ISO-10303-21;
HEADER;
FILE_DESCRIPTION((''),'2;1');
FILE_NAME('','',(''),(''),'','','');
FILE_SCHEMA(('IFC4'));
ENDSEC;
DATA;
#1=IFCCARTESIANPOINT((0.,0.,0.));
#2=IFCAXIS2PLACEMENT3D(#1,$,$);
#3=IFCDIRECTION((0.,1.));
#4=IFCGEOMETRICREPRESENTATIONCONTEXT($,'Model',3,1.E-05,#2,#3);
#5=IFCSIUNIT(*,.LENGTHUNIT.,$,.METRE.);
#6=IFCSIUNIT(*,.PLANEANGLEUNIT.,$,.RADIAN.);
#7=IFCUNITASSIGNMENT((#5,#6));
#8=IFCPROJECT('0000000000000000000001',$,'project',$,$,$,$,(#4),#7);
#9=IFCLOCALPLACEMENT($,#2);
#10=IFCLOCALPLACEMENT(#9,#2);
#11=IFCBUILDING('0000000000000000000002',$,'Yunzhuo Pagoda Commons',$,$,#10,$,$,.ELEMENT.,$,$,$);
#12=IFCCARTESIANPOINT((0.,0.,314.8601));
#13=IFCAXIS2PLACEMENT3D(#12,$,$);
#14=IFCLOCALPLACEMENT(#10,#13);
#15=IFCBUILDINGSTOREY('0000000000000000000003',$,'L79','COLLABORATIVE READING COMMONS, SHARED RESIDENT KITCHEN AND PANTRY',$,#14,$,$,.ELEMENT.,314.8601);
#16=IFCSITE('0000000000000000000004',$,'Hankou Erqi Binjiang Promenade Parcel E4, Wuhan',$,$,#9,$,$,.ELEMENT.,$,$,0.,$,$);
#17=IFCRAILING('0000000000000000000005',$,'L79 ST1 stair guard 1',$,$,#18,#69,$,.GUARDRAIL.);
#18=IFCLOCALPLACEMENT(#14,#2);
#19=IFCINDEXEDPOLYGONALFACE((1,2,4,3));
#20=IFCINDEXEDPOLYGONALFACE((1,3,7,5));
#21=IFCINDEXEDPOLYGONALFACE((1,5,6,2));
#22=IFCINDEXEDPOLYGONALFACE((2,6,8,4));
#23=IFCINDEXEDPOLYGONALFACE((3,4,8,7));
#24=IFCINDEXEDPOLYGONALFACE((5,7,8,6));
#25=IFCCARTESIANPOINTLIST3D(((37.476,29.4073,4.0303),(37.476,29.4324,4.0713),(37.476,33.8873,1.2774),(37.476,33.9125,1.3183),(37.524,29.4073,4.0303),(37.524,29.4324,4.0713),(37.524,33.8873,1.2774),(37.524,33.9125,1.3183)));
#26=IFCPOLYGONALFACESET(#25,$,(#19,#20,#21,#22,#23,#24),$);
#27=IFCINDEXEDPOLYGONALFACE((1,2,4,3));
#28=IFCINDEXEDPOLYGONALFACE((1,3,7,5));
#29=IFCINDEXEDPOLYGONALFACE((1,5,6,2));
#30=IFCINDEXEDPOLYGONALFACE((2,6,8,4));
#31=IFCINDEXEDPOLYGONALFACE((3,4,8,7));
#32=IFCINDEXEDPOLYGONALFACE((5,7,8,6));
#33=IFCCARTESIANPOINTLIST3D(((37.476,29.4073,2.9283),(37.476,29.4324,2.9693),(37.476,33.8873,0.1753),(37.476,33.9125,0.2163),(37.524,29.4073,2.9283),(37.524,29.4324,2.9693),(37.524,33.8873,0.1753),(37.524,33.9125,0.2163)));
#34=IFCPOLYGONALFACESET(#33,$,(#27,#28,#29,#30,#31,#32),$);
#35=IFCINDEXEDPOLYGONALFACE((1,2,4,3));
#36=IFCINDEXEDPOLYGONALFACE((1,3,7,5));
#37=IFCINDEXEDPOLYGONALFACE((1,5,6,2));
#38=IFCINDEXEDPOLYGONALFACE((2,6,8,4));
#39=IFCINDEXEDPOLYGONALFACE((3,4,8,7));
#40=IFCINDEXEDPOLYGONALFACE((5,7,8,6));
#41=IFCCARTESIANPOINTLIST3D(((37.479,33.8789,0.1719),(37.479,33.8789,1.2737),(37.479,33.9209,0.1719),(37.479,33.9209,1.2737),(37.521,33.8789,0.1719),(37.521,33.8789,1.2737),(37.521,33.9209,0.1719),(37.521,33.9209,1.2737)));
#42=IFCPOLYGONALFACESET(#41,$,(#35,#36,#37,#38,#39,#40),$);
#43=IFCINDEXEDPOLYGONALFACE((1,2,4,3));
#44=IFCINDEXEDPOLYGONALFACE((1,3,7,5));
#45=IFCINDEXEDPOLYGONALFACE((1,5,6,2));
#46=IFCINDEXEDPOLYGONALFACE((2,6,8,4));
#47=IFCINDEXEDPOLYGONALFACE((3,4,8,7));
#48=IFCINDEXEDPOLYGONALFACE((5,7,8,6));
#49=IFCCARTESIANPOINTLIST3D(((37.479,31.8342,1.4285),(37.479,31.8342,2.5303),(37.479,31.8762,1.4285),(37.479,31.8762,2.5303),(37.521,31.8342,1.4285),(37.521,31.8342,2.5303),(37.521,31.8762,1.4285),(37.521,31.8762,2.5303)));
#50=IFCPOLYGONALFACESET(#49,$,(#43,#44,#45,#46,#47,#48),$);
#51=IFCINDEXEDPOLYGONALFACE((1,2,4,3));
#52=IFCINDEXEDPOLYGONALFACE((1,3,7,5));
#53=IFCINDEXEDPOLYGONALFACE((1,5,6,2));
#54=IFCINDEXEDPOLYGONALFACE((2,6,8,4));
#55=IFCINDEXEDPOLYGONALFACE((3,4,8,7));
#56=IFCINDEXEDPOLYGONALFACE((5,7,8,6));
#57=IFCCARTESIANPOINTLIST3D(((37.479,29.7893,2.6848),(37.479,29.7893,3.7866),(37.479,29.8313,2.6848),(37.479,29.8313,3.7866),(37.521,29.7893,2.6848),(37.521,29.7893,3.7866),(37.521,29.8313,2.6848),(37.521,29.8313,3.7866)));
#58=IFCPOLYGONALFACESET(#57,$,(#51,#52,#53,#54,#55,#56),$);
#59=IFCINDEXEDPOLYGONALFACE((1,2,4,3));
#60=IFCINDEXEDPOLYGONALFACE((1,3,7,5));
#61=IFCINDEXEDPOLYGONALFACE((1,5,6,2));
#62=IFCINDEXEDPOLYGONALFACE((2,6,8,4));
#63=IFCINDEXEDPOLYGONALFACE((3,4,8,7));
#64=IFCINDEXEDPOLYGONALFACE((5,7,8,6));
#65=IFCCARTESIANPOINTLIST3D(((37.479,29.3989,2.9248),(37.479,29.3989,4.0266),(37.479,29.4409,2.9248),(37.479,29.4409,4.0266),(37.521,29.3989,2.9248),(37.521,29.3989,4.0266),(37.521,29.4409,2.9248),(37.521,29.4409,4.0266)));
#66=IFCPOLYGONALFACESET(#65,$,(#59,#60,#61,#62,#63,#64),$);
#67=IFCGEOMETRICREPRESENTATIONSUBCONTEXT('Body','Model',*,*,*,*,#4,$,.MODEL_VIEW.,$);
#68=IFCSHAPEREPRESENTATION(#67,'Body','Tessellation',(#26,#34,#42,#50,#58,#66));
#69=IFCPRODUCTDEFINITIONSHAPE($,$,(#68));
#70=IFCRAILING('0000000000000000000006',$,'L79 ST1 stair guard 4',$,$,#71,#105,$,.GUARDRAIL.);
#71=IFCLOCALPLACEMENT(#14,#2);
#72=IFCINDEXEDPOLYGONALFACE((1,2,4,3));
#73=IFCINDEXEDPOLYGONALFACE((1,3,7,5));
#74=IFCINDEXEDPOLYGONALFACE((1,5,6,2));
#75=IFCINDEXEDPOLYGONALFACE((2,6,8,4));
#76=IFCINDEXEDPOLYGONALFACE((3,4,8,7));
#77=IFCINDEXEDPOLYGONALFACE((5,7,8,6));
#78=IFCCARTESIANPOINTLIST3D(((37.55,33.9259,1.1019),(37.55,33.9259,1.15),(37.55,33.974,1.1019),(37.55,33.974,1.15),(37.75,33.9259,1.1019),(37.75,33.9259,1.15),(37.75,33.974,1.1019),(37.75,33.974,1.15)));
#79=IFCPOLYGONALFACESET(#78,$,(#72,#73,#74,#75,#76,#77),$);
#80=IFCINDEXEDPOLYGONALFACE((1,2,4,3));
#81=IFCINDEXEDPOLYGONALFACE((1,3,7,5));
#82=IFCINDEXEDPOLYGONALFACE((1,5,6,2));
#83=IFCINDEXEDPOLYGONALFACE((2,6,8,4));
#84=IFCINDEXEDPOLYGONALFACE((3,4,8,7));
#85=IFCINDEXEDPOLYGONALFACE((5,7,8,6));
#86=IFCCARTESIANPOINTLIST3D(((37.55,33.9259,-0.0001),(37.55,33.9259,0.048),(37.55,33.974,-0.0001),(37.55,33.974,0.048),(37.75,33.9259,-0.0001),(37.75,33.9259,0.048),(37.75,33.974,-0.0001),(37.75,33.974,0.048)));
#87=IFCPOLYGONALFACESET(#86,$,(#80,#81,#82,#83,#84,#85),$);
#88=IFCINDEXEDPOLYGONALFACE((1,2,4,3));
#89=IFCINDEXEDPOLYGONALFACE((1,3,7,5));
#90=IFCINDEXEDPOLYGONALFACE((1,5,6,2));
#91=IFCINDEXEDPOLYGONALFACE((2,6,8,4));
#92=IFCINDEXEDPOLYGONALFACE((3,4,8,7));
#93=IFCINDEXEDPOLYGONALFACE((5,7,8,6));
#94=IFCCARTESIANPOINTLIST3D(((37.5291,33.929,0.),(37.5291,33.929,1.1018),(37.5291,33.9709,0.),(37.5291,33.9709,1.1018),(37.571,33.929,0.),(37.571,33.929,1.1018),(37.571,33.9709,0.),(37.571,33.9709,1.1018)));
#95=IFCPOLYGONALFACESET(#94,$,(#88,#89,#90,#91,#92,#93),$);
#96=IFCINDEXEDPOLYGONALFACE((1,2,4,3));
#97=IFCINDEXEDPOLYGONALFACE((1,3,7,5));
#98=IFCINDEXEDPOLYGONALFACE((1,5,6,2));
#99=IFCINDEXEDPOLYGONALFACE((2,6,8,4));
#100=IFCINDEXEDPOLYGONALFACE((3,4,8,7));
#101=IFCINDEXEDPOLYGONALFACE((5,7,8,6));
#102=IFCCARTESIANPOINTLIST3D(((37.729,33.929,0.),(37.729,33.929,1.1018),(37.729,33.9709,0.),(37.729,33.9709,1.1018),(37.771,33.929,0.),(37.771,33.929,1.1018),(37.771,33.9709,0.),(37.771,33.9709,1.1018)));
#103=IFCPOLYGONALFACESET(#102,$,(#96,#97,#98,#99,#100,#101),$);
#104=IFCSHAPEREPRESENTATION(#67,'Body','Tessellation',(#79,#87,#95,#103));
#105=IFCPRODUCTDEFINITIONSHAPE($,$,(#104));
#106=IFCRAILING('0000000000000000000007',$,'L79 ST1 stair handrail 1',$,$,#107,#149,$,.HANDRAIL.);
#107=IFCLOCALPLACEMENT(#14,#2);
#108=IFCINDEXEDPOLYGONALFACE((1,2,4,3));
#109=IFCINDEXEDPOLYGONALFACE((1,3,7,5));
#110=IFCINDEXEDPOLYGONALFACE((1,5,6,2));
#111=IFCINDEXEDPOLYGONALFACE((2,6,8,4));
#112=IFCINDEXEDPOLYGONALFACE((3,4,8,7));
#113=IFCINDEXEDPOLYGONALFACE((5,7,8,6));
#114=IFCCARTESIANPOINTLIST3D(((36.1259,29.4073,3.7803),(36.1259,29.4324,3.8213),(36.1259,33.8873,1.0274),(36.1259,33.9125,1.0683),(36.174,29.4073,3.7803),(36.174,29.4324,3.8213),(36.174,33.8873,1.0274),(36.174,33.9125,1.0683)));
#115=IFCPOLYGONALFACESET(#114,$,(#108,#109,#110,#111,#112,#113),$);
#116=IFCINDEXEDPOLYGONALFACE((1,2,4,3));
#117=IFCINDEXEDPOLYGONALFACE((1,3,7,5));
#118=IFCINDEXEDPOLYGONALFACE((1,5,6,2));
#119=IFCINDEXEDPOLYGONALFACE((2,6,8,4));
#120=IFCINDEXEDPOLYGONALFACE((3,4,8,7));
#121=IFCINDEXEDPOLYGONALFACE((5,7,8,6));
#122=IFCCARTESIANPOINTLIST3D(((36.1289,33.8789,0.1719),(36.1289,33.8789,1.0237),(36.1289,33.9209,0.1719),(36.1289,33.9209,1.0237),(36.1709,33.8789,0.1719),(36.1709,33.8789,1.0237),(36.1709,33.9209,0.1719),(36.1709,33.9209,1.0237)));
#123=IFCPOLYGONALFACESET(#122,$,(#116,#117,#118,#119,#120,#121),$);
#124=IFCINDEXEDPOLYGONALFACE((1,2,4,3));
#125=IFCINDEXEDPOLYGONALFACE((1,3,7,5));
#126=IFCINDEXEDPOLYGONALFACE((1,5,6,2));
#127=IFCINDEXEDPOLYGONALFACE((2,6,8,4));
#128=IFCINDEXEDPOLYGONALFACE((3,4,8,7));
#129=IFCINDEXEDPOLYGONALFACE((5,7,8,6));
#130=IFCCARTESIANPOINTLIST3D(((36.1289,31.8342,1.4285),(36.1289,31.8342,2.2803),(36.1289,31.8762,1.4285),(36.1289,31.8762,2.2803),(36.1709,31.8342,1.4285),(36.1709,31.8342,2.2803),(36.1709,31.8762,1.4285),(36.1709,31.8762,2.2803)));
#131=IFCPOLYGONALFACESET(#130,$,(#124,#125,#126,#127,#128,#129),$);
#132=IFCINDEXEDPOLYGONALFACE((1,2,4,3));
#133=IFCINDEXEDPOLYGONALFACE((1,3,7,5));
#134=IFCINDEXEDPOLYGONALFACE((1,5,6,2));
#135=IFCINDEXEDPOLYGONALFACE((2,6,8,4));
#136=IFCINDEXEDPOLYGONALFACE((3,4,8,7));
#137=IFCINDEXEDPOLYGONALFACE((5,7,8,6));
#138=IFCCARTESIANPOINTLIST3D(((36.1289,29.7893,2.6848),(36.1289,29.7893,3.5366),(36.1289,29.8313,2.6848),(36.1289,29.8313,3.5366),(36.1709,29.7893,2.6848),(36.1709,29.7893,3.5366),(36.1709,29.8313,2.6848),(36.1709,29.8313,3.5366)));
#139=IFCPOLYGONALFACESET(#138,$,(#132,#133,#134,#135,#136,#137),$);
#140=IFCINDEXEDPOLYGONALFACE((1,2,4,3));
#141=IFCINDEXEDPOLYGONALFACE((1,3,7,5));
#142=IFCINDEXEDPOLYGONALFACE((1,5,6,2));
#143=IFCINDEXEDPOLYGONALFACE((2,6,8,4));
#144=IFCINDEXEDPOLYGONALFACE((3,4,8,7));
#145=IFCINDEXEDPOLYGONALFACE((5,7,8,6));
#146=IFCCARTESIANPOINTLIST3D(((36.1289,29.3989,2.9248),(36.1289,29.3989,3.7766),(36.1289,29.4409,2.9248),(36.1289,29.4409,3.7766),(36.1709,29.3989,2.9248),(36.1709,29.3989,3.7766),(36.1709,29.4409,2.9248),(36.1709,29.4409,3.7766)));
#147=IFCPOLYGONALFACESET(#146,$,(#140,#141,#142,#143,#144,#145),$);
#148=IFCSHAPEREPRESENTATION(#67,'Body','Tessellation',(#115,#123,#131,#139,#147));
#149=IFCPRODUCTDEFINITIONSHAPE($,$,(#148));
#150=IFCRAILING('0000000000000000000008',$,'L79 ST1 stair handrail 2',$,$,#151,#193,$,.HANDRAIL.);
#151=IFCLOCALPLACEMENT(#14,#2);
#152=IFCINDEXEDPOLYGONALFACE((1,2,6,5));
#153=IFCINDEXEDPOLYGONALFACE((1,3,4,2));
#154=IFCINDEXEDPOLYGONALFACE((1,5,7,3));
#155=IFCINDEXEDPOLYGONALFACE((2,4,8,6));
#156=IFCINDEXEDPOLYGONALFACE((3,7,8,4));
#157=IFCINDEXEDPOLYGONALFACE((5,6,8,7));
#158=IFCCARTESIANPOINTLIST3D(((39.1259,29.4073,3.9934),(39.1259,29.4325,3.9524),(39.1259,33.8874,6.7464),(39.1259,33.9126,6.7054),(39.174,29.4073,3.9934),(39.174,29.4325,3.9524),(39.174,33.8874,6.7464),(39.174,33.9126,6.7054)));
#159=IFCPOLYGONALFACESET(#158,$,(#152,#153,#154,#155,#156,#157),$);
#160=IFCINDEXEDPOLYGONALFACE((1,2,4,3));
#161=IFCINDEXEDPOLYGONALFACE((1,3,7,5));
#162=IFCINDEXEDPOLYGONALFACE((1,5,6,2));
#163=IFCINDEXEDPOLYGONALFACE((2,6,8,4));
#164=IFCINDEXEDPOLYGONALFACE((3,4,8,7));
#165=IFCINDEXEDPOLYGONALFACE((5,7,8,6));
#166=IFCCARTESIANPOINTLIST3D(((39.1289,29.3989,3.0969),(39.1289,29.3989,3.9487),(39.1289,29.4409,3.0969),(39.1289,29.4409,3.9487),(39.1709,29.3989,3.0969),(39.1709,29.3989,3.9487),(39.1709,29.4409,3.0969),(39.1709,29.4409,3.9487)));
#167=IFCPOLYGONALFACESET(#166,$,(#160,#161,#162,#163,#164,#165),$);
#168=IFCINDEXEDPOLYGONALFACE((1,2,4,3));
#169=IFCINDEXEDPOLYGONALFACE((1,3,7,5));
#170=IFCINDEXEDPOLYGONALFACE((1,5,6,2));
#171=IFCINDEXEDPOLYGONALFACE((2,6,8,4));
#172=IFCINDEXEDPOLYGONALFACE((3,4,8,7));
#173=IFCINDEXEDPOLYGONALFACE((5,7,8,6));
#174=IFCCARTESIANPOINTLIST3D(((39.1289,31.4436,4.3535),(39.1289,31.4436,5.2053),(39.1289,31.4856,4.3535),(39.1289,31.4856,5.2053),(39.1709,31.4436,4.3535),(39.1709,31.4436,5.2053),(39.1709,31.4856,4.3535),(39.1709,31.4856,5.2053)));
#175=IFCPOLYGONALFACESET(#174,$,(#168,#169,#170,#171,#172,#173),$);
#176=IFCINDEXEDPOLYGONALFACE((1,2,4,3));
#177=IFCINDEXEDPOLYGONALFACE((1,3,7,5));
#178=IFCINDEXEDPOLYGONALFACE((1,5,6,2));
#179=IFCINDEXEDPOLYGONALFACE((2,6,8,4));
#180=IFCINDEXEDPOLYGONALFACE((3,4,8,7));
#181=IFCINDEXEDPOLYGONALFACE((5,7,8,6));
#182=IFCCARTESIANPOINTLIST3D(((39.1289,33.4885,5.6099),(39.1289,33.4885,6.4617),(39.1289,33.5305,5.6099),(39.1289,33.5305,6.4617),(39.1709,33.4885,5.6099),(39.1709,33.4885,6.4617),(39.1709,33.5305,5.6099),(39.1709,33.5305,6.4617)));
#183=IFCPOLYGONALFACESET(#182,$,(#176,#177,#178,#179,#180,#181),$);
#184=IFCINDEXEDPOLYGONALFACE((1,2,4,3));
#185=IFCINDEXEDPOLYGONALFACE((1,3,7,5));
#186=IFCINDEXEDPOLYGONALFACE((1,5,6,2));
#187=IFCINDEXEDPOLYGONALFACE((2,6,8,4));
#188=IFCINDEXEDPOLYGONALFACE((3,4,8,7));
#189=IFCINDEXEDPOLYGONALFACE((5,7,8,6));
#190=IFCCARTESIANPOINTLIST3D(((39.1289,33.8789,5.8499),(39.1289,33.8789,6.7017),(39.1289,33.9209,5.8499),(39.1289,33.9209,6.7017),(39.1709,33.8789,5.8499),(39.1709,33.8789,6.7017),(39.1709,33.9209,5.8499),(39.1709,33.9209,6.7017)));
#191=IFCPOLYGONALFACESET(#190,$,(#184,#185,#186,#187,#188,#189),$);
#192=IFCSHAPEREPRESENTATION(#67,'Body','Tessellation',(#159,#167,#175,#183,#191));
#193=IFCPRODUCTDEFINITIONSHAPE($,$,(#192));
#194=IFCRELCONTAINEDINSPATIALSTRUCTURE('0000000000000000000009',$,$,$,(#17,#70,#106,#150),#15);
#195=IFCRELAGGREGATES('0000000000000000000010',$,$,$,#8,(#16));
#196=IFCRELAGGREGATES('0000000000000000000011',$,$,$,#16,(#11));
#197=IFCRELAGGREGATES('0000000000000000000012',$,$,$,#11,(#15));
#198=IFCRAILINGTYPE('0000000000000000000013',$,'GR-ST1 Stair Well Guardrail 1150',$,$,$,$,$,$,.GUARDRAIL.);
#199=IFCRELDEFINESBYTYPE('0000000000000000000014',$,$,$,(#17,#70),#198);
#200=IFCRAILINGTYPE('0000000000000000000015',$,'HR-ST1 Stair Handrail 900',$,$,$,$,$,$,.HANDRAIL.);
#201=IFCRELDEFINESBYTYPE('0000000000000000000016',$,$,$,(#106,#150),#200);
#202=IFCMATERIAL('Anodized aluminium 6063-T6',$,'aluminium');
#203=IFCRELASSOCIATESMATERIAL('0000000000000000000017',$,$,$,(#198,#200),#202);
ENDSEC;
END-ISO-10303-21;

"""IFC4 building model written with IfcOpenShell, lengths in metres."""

from ifc_helpers import new_model, si_unit, direction, frame, origin, origin_2d, place, context, subcontext, project, spatial, rectangle, extrude, material, type_object, element, save


model = new_model("IFC4")

# Units and contexts
model_context = context("Model", 3, precision=1e-05, world=origin(), true_north=direction((0.0, 1.0)))
body_context = subcontext(model_context, "Body", "Model", "MODEL_VIEW")
ifc_project = project(units=[si_unit("LENGTHUNIT", "METRE"), si_unit("PLANEANGLEUNIT", "RADIAN")], contexts=[model_context])

# Site, building, storey
site_placement = place(None, origin())
site = spatial("IfcSite", under=ifc_project, at=site_placement, Name="Hankou Erqi Binjiang Promenade Parcel E4, Wuhan", CompositionType="ELEMENT", RefElevation=0.0)
building_placement = place(site_placement, origin())
building = spatial("IfcBuilding", under=site, at=building_placement, Name="Yunzhuo Pagoda Commons", CompositionType="ELEMENT")
storey_placement = place(building_placement, frame((0.0, 0.0, 314.8601)))
storey = spatial("IfcBuildingStorey", under=building, at=storey_placement, Name="L79", Description="COLLABORATIVE READING COMMONS, SHARED RESIDENT KITCHEN AND PANTRY", CompositionType="ELEMENT", Elevation=314.8601)

# Railings
ifc_material_1 = material(Name="Anodized aluminium 6063-T6", Category="aluminium")
railing_type_1 = type_object("IfcRailingType", Name="GR-ST1 Stair Well Guardrail 1150", PredefinedType="GUARDRAIL", material=ifc_material_1)
railing_1_placement = place(storey_placement, frame((37.5, 33.8999, 0.1719)))
element("IfcRailing", 1, at=railing_1_placement, inside=storey, type_object=railing_type_1, Name="L79 ST1 stair guard 1", PredefinedType="GUARDRAIL", context=body_context, shape_type="SweptSolid", body=[
    extrude(rectangle(XDim=0.0481, YDim=0.0481, at=origin_2d()), frame((0.0, 0.0, 1.126), z_axis=(0.0, -0.851996, 0.523548), x_axis=(1.0, 0.0, 0.0)), (0.0, 0.0, 1.0), 5.2583),
    extrude(rectangle(XDim=0.0481, YDim=0.0481, at=origin_2d()), frame((0.0, 0.0, 0.0239), z_axis=(0.0, -0.851996, 0.523548), x_axis=(1.0, 0.0, 0.0)), (0.0, 0.0, 1.0), 5.2583),
    extrude(rectangle(XDim=0.042, YDim=0.042, at=origin_2d()), origin(), (0.0, 0.0, 1.0), 1.1018),
    extrude(rectangle(XDim=0.042, YDim=0.042, at=origin_2d()), frame((0.0, -2.0447, 1.2566)), (0.0, 0.0, 1.0), 1.1018),
    extrude(rectangle(XDim=0.042, YDim=0.042, at=origin_2d()), frame((0.0, -4.0896, 2.5129)), (0.0, 0.0, 1.0), 1.1018),
    extrude(rectangle(XDim=0.042, YDim=0.042, at=origin_2d()), frame((0.0, -4.48, 2.7529)), (0.0, 0.0, 1.0), 1.1018),
])
railing_2_placement = place(storey_placement, frame((37.55, 33.95, 0.0)))
element("IfcRailing", 2, at=railing_2_placement, inside=storey, type_object=railing_type_1, Name="L79 ST1 stair guard 4", PredefinedType="GUARDRAIL", context=body_context, shape_type="SweptSolid", body=[
    extrude(rectangle(XDim=0.0481, YDim=0.0481, at=origin_2d()), frame((0.0, 0.0, 1.126), z_axis=(1.0, 0.0, 0.0), x_axis=(0.0, 1.0, 0.0)), (0.0, 0.0, 1.0), 0.2),
    extrude(rectangle(XDim=0.0481, YDim=0.0481, at=origin_2d()), frame((0.0, 0.0, 0.0239), z_axis=(1.0, 0.0, 0.0), x_axis=(0.0, 1.0, 0.0)), (0.0, 0.0, 1.0), 0.2),
    extrude(rectangle(XDim=0.042, YDim=0.042, at=origin_2d()), origin(), (0.0, 0.0, 1.0), 1.1018),
    extrude(rectangle(XDim=0.042, YDim=0.042, at=origin_2d()), frame((0.2, 0.0, 0.0)), (0.0, 0.0, 1.0), 1.1018),
])
railing_type_2 = type_object("IfcRailingType", Name="HR-ST1 Stair Handrail 900", PredefinedType="HANDRAIL", material=ifc_material_1)
railing_3_placement = place(storey_placement, frame((36.1499, 33.8999, 0.1719)))
element("IfcRailing", 3, at=railing_3_placement, inside=storey, type_object=railing_type_2, Name="L79 ST1 stair handrail 1", PredefinedType="HANDRAIL", context=body_context, shape_type="SweptSolid", body=[
    extrude(rectangle(XDim=0.0481, YDim=0.0481, at=origin_2d()), frame((0.0, 0.0, 0.876), z_axis=(0.0, -0.851996, 0.523548), x_axis=(1.0, 0.0, 0.0)), (0.0, 0.0, 1.0), 5.2583),
    extrude(rectangle(XDim=0.042, YDim=0.042, at=origin_2d()), origin(), (0.0, 0.0, 1.0), 0.8518),
    extrude(rectangle(XDim=0.042, YDim=0.042, at=origin_2d()), frame((0.0, -2.0447, 1.2566)), (0.0, 0.0, 1.0), 0.8518),
    extrude(rectangle(XDim=0.042, YDim=0.042, at=origin_2d()), frame((0.0, -4.0896, 2.5129)), (0.0, 0.0, 1.0), 0.8518),
    extrude(rectangle(XDim=0.042, YDim=0.042, at=origin_2d()), frame((0.0, -4.48, 2.7529)), (0.0, 0.0, 1.0), 0.8518),
])
railing_4_placement = place(storey_placement, frame((39.1499, 29.4199, 3.0969)))
element("IfcRailing", 4, at=railing_4_placement, inside=storey, type_object=railing_type_2, Name="L79 ST1 stair handrail 2", PredefinedType="HANDRAIL", context=body_context, shape_type="SweptSolid", body=[
    extrude(rectangle(XDim=0.0481, YDim=0.0481, at=origin_2d()), frame((0.0, 0.0, 0.876), z_axis=(0.0, 0.851996, 0.523548), x_axis=(-1.0, 0.0, 0.0)), (0.0, 0.0, 1.0), 5.2583),
    extrude(rectangle(XDim=0.042, YDim=0.042, at=origin_2d()), origin(), (0.0, 0.0, 1.0), 0.8518),
    extrude(rectangle(XDim=0.042, YDim=0.042, at=origin_2d()), frame((0.0, 2.0447, 1.2566)), (0.0, 0.0, 1.0), 0.8518),
    extrude(rectangle(XDim=0.042, YDim=0.042, at=origin_2d()), frame((0.0, 4.0896, 2.5129)), (0.0, 0.0, 1.0), 0.8518),
    extrude(rectangle(XDim=0.042, YDim=0.042, at=origin_2d()), frame((0.0, 4.48, 2.7529)), (0.0, 0.0, 1.0), 0.8518),
])

save(model, "model.ifc")
